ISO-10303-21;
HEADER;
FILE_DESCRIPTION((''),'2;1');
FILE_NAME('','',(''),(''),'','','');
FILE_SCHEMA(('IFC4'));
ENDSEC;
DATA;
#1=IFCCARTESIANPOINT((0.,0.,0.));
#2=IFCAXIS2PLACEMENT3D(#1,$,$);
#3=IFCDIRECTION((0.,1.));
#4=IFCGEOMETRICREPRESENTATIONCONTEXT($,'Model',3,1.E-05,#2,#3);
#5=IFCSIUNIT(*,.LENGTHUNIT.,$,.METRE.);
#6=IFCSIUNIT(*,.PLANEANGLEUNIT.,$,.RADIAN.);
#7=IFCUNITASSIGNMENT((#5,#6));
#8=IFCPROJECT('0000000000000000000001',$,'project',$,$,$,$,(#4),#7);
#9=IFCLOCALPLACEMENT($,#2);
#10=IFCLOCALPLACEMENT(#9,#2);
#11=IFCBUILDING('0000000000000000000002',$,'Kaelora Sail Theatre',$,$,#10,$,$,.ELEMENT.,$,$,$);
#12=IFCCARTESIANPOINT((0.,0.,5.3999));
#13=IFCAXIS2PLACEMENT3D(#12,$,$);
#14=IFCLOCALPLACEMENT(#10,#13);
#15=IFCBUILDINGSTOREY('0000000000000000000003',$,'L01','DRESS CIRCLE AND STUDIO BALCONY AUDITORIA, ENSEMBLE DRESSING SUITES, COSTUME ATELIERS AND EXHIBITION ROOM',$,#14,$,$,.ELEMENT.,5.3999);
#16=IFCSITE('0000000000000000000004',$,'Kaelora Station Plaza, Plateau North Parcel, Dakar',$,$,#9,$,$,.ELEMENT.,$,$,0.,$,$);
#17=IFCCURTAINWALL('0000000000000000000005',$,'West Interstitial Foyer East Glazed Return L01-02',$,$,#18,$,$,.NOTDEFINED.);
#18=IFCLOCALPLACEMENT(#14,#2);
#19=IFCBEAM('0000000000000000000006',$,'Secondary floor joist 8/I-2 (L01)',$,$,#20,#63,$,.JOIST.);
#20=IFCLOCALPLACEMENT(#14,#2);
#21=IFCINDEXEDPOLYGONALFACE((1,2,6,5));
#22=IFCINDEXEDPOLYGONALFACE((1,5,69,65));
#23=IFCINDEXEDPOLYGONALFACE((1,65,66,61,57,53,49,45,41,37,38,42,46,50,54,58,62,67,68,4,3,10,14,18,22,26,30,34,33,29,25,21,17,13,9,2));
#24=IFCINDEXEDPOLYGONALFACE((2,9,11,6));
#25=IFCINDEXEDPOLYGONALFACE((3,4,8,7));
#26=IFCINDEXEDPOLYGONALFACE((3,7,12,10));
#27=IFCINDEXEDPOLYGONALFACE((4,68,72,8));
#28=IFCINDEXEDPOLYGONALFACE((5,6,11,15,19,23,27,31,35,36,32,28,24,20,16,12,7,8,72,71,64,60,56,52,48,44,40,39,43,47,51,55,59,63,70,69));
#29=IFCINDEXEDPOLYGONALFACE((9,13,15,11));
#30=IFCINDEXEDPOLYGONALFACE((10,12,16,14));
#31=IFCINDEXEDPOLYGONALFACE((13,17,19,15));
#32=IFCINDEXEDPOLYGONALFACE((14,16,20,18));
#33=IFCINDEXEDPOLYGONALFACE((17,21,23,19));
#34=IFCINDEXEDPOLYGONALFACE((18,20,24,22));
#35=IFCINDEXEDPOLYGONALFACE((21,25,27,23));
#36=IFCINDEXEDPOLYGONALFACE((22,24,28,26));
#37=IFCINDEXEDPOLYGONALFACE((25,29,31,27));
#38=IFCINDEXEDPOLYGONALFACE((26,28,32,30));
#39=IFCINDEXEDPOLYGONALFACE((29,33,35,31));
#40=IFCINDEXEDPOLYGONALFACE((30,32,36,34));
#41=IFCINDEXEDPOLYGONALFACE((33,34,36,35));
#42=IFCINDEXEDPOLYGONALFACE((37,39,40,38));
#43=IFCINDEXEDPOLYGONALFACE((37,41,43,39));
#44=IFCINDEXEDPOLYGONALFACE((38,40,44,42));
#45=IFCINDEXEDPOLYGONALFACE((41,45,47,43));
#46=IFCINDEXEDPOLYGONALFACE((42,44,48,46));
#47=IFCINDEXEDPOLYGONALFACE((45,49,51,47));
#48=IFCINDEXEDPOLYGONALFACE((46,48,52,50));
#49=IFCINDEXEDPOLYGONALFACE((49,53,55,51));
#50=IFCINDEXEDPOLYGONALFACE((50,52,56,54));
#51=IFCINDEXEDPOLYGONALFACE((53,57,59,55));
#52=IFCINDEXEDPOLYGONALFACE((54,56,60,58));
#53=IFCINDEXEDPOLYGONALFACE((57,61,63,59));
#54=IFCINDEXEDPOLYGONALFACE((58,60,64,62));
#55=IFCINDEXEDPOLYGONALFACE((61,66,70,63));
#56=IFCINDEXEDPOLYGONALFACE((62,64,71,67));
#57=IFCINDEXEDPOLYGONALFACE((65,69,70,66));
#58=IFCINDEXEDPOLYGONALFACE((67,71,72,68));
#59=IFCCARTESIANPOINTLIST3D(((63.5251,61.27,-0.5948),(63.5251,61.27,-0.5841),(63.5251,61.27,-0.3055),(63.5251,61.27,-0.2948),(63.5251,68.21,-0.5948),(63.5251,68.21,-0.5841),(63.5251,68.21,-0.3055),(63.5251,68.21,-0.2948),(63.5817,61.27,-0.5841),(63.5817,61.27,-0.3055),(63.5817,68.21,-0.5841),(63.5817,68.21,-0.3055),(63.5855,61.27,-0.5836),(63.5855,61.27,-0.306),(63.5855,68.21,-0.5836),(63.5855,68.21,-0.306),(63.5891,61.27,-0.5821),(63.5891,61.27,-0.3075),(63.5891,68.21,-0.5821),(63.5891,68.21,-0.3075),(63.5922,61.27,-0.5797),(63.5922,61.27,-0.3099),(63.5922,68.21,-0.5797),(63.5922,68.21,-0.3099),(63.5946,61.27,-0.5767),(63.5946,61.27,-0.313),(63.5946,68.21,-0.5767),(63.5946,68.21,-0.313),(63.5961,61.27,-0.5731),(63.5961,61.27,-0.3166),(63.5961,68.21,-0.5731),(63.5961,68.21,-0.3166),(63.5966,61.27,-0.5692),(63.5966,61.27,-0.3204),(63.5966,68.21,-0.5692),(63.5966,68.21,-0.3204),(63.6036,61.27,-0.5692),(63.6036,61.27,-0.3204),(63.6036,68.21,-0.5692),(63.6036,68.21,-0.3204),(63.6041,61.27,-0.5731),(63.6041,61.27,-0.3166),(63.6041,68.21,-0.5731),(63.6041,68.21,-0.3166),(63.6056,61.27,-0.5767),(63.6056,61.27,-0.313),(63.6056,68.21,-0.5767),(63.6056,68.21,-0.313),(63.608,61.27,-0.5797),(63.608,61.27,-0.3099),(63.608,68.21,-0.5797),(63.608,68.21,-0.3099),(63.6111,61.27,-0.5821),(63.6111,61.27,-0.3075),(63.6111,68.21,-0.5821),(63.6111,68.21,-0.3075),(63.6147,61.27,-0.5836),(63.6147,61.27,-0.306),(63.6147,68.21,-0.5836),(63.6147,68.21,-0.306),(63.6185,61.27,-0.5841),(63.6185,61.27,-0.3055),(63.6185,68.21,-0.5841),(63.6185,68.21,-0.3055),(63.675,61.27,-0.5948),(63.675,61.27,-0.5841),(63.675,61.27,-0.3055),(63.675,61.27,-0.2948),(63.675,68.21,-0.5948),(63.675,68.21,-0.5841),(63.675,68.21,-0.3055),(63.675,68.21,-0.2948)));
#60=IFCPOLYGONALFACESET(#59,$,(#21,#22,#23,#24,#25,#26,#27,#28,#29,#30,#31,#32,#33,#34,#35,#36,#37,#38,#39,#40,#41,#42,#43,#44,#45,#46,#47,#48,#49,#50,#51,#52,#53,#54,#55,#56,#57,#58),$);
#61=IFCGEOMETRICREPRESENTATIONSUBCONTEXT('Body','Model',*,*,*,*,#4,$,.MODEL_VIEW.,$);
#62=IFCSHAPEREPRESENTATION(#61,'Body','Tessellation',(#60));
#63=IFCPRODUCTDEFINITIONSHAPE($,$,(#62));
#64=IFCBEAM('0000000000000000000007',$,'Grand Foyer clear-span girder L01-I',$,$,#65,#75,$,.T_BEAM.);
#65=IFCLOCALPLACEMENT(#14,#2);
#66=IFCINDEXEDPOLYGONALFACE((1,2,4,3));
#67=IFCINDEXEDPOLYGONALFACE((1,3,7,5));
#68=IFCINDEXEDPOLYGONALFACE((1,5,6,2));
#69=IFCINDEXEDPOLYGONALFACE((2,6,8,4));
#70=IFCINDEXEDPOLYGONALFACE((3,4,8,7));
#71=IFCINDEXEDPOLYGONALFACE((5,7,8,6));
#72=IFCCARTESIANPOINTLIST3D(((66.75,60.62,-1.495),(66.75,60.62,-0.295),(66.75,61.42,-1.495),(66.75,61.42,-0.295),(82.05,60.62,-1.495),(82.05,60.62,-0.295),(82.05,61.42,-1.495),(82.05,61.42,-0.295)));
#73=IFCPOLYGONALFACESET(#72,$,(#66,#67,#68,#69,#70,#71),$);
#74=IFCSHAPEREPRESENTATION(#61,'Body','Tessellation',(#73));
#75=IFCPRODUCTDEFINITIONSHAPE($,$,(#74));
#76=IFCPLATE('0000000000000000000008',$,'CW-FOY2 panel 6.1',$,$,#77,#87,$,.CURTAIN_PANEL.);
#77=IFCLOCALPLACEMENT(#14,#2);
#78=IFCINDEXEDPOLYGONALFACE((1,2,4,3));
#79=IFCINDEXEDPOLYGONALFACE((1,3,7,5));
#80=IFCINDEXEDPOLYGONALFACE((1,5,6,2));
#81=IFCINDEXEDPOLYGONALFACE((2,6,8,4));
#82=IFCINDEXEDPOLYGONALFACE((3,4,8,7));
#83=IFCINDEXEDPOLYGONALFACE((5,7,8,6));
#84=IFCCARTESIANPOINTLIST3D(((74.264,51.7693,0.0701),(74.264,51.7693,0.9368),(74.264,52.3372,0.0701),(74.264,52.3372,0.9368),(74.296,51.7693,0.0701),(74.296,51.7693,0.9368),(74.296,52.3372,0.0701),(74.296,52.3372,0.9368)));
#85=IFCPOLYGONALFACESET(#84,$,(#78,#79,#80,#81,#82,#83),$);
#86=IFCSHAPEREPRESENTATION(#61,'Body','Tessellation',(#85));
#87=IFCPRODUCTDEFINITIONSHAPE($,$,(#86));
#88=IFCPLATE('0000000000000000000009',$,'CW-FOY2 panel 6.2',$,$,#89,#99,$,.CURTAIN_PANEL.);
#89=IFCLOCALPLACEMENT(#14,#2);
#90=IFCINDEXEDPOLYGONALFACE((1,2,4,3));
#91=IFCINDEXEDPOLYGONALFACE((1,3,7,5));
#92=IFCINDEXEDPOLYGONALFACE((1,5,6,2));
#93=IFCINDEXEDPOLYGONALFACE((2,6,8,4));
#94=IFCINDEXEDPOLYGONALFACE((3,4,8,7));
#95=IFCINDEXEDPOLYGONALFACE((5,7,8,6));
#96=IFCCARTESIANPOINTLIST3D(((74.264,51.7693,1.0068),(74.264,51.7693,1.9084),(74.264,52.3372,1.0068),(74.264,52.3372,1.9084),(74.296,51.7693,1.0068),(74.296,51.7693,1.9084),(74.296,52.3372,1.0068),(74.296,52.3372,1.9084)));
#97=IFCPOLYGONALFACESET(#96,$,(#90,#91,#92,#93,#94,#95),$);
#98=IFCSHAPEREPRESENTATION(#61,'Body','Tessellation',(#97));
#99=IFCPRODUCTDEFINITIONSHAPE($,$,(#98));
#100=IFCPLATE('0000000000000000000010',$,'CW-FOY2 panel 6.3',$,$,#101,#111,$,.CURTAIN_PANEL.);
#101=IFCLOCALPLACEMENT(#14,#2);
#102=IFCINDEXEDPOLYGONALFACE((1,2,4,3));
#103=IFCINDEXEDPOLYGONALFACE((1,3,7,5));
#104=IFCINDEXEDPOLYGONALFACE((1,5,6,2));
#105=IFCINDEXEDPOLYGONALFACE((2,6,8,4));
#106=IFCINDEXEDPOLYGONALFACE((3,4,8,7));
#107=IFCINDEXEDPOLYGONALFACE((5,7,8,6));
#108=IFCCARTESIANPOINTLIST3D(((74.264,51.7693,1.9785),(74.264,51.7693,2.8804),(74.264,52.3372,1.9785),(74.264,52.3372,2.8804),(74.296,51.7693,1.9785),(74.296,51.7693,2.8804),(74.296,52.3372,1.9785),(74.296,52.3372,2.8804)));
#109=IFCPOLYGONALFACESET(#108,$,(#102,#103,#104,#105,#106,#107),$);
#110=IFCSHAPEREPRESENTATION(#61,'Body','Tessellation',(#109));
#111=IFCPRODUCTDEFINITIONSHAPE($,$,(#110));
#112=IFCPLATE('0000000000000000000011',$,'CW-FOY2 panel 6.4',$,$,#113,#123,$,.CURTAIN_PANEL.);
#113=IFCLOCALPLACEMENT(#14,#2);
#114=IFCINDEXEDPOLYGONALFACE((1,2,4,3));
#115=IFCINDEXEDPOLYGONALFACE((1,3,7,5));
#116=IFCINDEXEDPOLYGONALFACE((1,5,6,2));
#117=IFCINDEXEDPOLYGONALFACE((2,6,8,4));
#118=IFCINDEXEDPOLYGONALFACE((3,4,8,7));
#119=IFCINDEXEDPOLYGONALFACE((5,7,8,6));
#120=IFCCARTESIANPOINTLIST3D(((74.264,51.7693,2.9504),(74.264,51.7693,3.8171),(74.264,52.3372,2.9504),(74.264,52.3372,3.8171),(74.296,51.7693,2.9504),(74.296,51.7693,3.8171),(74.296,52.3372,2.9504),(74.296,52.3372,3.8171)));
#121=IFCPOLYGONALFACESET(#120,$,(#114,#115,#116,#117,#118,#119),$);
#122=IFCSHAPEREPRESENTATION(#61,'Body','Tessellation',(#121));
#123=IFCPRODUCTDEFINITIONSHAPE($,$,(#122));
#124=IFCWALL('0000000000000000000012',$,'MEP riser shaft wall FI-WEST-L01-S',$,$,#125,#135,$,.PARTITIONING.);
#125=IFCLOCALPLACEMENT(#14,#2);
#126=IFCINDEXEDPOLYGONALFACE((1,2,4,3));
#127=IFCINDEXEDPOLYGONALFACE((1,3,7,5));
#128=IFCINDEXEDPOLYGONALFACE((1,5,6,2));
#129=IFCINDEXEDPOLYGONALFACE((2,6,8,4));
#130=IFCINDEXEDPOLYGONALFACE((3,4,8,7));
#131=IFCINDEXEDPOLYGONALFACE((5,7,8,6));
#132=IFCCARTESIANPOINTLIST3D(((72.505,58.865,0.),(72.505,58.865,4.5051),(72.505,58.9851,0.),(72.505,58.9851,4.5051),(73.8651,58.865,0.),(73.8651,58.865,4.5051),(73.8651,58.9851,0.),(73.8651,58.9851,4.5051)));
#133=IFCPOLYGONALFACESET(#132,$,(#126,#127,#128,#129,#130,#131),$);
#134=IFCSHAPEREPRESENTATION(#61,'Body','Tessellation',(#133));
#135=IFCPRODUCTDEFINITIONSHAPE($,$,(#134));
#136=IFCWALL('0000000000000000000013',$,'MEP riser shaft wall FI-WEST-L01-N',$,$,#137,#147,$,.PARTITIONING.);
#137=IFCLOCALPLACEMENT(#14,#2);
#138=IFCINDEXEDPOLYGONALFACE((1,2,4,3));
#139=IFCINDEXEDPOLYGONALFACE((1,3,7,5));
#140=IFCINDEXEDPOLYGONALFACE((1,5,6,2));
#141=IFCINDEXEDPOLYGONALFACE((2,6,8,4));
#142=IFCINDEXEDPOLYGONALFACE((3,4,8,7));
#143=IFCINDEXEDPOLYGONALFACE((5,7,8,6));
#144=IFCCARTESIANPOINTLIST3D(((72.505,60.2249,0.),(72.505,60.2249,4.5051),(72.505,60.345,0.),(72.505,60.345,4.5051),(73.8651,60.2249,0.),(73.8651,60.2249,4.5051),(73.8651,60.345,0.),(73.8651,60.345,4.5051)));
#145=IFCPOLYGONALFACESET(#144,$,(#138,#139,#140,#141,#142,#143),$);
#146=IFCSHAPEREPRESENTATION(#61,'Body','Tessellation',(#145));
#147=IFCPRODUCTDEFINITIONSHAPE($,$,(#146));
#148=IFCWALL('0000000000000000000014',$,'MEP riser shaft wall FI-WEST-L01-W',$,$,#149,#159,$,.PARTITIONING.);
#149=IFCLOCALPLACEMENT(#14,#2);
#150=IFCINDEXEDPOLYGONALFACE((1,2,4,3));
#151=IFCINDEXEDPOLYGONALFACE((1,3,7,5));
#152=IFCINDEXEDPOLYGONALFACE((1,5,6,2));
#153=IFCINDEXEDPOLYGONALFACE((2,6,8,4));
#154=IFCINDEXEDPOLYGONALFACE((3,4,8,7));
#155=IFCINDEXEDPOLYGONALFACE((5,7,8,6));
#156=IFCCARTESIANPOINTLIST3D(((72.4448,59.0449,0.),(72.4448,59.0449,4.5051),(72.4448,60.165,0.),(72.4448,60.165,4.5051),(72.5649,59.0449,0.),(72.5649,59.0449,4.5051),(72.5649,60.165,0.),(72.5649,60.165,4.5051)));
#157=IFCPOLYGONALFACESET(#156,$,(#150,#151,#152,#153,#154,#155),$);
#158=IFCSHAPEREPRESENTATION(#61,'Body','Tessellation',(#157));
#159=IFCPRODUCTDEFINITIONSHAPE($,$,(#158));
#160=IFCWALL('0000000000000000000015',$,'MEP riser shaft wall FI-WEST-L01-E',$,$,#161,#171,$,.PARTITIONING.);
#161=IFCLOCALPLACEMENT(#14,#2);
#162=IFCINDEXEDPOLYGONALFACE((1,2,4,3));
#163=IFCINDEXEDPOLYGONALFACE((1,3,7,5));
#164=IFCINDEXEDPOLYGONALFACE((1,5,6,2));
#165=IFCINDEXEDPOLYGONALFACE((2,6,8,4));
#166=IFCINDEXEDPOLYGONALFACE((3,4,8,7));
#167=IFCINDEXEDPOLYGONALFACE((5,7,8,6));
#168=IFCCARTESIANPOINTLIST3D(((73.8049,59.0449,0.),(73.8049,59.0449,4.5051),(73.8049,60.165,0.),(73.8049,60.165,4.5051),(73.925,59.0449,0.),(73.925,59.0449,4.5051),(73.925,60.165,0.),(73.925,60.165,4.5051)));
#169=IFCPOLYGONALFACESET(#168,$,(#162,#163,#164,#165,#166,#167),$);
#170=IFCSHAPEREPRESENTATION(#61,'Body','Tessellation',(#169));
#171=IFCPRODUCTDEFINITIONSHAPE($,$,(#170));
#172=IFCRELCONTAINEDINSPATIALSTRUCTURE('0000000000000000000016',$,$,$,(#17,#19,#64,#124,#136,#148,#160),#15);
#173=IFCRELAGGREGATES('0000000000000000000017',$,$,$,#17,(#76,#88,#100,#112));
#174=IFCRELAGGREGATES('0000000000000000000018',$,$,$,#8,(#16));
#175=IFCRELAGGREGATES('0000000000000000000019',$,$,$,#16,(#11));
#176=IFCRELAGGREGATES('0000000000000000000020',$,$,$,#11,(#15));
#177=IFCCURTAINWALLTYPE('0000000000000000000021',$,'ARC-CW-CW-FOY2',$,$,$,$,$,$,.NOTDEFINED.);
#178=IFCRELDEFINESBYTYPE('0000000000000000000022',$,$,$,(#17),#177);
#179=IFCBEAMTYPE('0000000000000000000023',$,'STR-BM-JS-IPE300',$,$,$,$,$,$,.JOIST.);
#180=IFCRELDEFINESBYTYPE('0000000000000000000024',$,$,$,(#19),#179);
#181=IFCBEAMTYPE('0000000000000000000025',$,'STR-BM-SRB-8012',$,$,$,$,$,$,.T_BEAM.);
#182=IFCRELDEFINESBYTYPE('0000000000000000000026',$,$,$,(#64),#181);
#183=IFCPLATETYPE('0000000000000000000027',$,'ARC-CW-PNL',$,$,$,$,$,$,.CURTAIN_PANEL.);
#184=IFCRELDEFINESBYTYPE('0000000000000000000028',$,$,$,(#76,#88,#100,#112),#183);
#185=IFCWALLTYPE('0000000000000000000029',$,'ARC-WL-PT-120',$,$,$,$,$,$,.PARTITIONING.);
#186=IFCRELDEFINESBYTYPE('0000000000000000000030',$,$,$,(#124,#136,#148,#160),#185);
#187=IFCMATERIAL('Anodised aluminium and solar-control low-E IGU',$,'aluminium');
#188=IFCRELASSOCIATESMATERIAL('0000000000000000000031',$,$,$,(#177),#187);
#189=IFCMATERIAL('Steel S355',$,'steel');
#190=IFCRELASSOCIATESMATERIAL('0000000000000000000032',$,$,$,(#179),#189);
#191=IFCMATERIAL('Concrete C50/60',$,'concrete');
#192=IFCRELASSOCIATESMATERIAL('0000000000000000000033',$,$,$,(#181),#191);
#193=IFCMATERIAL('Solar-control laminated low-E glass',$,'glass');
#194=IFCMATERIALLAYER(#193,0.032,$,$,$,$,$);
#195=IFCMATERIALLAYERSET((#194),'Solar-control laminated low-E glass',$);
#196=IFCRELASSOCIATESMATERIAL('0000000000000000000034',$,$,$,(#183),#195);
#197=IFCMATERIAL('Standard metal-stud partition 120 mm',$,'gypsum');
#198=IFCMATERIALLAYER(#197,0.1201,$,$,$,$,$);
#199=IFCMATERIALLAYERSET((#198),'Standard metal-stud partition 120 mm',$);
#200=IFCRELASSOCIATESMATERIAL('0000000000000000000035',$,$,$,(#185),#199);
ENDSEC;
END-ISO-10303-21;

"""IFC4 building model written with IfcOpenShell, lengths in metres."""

from ifc_helpers import new_model, si_unit, direction, frame, frame_2d, origin, origin_2d, place, context, subcontext, project, spatial, rectangle, i_section, extrude, material, layer, layer_set, material_profile, profile_set, type_object, element, aggregate, save


model = new_model("IFC4")

# Units and contexts
model_context = context("Model", 3, precision=1e-05, world=origin(), true_north=direction((0.0, 1.0)))
body_context = subcontext(model_context, "Body", "Model", "MODEL_VIEW")
ifc_project = project(units=[si_unit("LENGTHUNIT", "METRE"), si_unit("PLANEANGLEUNIT", "RADIAN")], contexts=[model_context])

# Site, building, storey
site_placement = place(None, origin())
site = spatial("IfcSite", under=ifc_project, at=site_placement, Name="Kaelora Station Plaza, Plateau North Parcel, Dakar", CompositionType="ELEMENT", RefElevation=0.0)
building_placement = place(site_placement, origin())
building = spatial("IfcBuilding", under=site, at=building_placement, Name="Kaelora Sail Theatre", CompositionType="ELEMENT")
storey_placement = place(building_placement, frame((0.0, 0.0, 5.3999)))
storey = spatial("IfcBuildingStorey", under=building, at=storey_placement, Name="L01", Description="DRESS CIRCLE AND STUDIO BALCONY AUDITORIA, ENSEMBLE DRESSING SUITES, COSTUME ATELIERS AND EXHIBITION ROOM", CompositionType="ELEMENT", Elevation=5.3999)

# Curtain wall
ifc_material_1 = material(Name="Anodised aluminium and solar-control low-E IGU", Category="aluminium")
curtain_wall_type = type_object("IfcCurtainWallType", Name="ARC-CW-CW-FOY2", PredefinedType="NOTDEFINED", material=ifc_material_1)
curtain_wall_placement = place(storey_placement, origin())
curtain_wall = element("IfcCurtainWall", 1, at=curtain_wall_placement, inside=storey, type_object=curtain_wall_type, Name="West Interstitial Foyer East Glazed Return L01-02", PredefinedType="NOTDEFINED")

# Beams
ifc_material_2 = material(Name="Steel S355", Category="steel")
ifc_material_profile_1 = material_profile(ifc_material_2, i_section(OverallWidth=0.1499, OverallDepth=0.3, WebThickness=0.0071, FlangeThickness=0.0107, FilletRadius=0.0149, at=origin_2d()), Name="IPE 300")
ifc_profile_set_1 = profile_set([ifc_material_profile_1], Name="Steel S355")
beam_type_1 = type_object("IfcBeamType", Name="STR-BM-JS-IPE300", PredefinedType="JOIST", material=ifc_profile_set_1)
beam_1_placement = place(storey_placement, frame((63.6001, 61.27, -0.4448), z_axis=(0.0, 1.0, 0.0), x_axis=(-1.0, 0.0, 0.0)))
element("IfcBeam", 2, at=beam_1_placement, inside=storey, type_object=beam_type_1, Name="Secondary floor joist 8/I-2 (L01)", PredefinedType="JOIST", context=body_context, shape_type="SweptSolid", body=[
    extrude(i_section(OverallWidth=0.1499, OverallDepth=0.3, WebThickness=0.0071, FlangeThickness=0.0107, FilletRadius=0.0149, at=origin_2d()), origin(), (0.0, 0.0, 1.0), 6.9399),
])
ifc_material_3 = material(Name="Concrete C50/60", Category="concrete")
ifc_material_profile_2 = material_profile(ifc_material_3, rectangle(XDim=0.8, YDim=1.2, at=origin_2d()), Name="RC-SRB 800x1200")
ifc_profile_set_2 = profile_set([ifc_material_profile_2], Name="Concrete C50/60")
beam_type_2 = type_object("IfcBeamType", Name="STR-BM-SRB-8012", PredefinedType="T_BEAM", material=ifc_profile_set_2)
beam_2_placement = place(storey_placement, frame((66.75, 61.02, -0.895), z_axis=(1.0, 0.0, 0.0), x_axis=(0.0, 1.0, 0.0)))
element("IfcBeam", 3, at=beam_2_placement, inside=storey, type_object=beam_type_2, Name="Grand Foyer clear-span girder L01-I", PredefinedType="T_BEAM", context=body_context, shape_type="SweptSolid", body=[
    extrude(rectangle(XDim=0.8, YDim=1.2, at=origin_2d()), origin(), (0.0, 0.0, 1.0), 15.3),
])

# Plates
ifc_material_4 = material(Name="Solar-control laminated low-E glass", Category="glass")
ifc_layer_1 = layer(ifc_material_4, 0.032)
ifc_layer_set_1 = layer_set([ifc_layer_1], Name="Solar-control laminated low-E glass")
plate_type = type_object("IfcPlateType", Name="ARC-CW-PNL", PredefinedType="CURTAIN_PANEL", material=ifc_layer_set_1)
plate_1_placement = place(storey_placement, frame((74.28, 52.0532, 0.0701), z_axis=(0.0, 0.0, 1.0), x_axis=(0.0, 1.0, 0.0)))
plate_1 = element("IfcPlate", 4, at=plate_1_placement, type_object=plate_type, Name="CW-FOY2 panel 6.1", PredefinedType="CURTAIN_PANEL", context=body_context, shape_type="SweptSolid", body=[
    extrude(rectangle(XDim=0.5679, YDim=0.032, at=origin_2d()), origin(), (0.0, 0.0, 1.0), 0.8667),
])
plate_2_placement = place(storey_placement, frame((74.28, 52.0532, 1.0068), z_axis=(0.0, 0.0, 1.0), x_axis=(0.0, 1.0, 0.0)))
plate_2 = element("IfcPlate", 5, at=plate_2_placement, type_object=plate_type, Name="CW-FOY2 panel 6.2", PredefinedType="CURTAIN_PANEL", context=body_context, shape_type="SweptSolid", body=[
    extrude(rectangle(XDim=0.5679, YDim=0.032, at=origin_2d()), origin(), (0.0, 0.0, 1.0), 0.9016),
])
plate_3_placement = place(storey_placement, frame((74.28, 52.0532, 1.9785), z_axis=(0.0, 0.0, 1.0), x_axis=(0.0, 1.0, 0.0)))
plate_3 = element("IfcPlate", 6, at=plate_3_placement, type_object=plate_type, Name="CW-FOY2 panel 6.3", PredefinedType="CURTAIN_PANEL", context=body_context, shape_type="SweptSolid", body=[
    extrude(rectangle(XDim=0.5679, YDim=0.032, at=origin_2d()), origin(), (0.0, 0.0, 1.0), 0.9019),
])
plate_4_placement = place(storey_placement, frame((74.28, 52.0532, 2.9504), z_axis=(0.0, 0.0, 1.0), x_axis=(0.0, 1.0, 0.0)))
plate_4 = element("IfcPlate", 7, at=plate_4_placement, type_object=plate_type, Name="CW-FOY2 panel 6.4", PredefinedType="CURTAIN_PANEL", context=body_context, shape_type="SweptSolid", body=[
    extrude(rectangle(XDim=0.5679, YDim=0.032, at=origin_2d()), origin(), (0.0, 0.0, 1.0), 0.8667),
])
aggregate(curtain_wall, [plate_1, plate_2, plate_3, plate_4])

# Walls
ifc_material_5 = material(Name="Standard metal-stud partition 120 mm", Category="gypsum")
ifc_layer_2 = layer(ifc_material_5, 0.1201)
ifc_layer_set_2 = layer_set([ifc_layer_2], Name="Standard metal-stud partition 120 mm")
wall_type_1 = type_object("IfcWallType", Name="ARC-WL-PT-120", PredefinedType="PARTITIONING", material=ifc_layer_set_2)
for number, where, z_axis, x_axis, name in (
    (8, (72.5049, 58.925, 0.0), (0.0, 0.0, 1.0), (1.0, 0.0, 0.0), "MEP riser shaft wall FI-WEST-L01-S"),
    (9, (72.5049, 60.2849, 0.0), (0.0, 0.0, 1.0), (1.0, 0.0, 0.0), "MEP riser shaft wall FI-WEST-L01-N"),
):
    element("IfcWall", number, at=place(storey_placement, frame(where, z_axis=z_axis, x_axis=x_axis)), inside=storey, type_object=wall_type_1, Name=name, PredefinedType="PARTITIONING", context=body_context, shape_type="SweptSolid", body=[
        extrude(rectangle(XDim=1.3601, YDim=0.1201, at=frame_2d((0.6802, 0.0))), origin(), (0.0, 0.0, 1.0), 4.5051),
    ])
for number, where, z_axis, x_axis, name in (
    (10, (72.5049, 59.0449, 0.0), (0.0, 0.0, 1.0), (0.0, 1.0, 0.0), "MEP riser shaft wall FI-WEST-L01-W"),
    (11, (73.865, 59.0449, 0.0), (0.0, 0.0, 1.0), (0.0, 1.0, 0.0), "MEP riser shaft wall FI-WEST-L01-E"),
):
    element("IfcWall", number, at=place(storey_placement, frame(where, z_axis=z_axis, x_axis=x_axis)), inside=storey, type_object=wall_type_1, Name=name, PredefinedType="PARTITIONING", context=body_context, shape_type="SweptSolid", body=[
        extrude(rectangle(XDim=1.1201, YDim=0.1201, at=frame_2d((0.5601, 0.0))), origin(), (0.0, 0.0, 1.0), 4.5051),
    ])

save(model, "model.ifc")
